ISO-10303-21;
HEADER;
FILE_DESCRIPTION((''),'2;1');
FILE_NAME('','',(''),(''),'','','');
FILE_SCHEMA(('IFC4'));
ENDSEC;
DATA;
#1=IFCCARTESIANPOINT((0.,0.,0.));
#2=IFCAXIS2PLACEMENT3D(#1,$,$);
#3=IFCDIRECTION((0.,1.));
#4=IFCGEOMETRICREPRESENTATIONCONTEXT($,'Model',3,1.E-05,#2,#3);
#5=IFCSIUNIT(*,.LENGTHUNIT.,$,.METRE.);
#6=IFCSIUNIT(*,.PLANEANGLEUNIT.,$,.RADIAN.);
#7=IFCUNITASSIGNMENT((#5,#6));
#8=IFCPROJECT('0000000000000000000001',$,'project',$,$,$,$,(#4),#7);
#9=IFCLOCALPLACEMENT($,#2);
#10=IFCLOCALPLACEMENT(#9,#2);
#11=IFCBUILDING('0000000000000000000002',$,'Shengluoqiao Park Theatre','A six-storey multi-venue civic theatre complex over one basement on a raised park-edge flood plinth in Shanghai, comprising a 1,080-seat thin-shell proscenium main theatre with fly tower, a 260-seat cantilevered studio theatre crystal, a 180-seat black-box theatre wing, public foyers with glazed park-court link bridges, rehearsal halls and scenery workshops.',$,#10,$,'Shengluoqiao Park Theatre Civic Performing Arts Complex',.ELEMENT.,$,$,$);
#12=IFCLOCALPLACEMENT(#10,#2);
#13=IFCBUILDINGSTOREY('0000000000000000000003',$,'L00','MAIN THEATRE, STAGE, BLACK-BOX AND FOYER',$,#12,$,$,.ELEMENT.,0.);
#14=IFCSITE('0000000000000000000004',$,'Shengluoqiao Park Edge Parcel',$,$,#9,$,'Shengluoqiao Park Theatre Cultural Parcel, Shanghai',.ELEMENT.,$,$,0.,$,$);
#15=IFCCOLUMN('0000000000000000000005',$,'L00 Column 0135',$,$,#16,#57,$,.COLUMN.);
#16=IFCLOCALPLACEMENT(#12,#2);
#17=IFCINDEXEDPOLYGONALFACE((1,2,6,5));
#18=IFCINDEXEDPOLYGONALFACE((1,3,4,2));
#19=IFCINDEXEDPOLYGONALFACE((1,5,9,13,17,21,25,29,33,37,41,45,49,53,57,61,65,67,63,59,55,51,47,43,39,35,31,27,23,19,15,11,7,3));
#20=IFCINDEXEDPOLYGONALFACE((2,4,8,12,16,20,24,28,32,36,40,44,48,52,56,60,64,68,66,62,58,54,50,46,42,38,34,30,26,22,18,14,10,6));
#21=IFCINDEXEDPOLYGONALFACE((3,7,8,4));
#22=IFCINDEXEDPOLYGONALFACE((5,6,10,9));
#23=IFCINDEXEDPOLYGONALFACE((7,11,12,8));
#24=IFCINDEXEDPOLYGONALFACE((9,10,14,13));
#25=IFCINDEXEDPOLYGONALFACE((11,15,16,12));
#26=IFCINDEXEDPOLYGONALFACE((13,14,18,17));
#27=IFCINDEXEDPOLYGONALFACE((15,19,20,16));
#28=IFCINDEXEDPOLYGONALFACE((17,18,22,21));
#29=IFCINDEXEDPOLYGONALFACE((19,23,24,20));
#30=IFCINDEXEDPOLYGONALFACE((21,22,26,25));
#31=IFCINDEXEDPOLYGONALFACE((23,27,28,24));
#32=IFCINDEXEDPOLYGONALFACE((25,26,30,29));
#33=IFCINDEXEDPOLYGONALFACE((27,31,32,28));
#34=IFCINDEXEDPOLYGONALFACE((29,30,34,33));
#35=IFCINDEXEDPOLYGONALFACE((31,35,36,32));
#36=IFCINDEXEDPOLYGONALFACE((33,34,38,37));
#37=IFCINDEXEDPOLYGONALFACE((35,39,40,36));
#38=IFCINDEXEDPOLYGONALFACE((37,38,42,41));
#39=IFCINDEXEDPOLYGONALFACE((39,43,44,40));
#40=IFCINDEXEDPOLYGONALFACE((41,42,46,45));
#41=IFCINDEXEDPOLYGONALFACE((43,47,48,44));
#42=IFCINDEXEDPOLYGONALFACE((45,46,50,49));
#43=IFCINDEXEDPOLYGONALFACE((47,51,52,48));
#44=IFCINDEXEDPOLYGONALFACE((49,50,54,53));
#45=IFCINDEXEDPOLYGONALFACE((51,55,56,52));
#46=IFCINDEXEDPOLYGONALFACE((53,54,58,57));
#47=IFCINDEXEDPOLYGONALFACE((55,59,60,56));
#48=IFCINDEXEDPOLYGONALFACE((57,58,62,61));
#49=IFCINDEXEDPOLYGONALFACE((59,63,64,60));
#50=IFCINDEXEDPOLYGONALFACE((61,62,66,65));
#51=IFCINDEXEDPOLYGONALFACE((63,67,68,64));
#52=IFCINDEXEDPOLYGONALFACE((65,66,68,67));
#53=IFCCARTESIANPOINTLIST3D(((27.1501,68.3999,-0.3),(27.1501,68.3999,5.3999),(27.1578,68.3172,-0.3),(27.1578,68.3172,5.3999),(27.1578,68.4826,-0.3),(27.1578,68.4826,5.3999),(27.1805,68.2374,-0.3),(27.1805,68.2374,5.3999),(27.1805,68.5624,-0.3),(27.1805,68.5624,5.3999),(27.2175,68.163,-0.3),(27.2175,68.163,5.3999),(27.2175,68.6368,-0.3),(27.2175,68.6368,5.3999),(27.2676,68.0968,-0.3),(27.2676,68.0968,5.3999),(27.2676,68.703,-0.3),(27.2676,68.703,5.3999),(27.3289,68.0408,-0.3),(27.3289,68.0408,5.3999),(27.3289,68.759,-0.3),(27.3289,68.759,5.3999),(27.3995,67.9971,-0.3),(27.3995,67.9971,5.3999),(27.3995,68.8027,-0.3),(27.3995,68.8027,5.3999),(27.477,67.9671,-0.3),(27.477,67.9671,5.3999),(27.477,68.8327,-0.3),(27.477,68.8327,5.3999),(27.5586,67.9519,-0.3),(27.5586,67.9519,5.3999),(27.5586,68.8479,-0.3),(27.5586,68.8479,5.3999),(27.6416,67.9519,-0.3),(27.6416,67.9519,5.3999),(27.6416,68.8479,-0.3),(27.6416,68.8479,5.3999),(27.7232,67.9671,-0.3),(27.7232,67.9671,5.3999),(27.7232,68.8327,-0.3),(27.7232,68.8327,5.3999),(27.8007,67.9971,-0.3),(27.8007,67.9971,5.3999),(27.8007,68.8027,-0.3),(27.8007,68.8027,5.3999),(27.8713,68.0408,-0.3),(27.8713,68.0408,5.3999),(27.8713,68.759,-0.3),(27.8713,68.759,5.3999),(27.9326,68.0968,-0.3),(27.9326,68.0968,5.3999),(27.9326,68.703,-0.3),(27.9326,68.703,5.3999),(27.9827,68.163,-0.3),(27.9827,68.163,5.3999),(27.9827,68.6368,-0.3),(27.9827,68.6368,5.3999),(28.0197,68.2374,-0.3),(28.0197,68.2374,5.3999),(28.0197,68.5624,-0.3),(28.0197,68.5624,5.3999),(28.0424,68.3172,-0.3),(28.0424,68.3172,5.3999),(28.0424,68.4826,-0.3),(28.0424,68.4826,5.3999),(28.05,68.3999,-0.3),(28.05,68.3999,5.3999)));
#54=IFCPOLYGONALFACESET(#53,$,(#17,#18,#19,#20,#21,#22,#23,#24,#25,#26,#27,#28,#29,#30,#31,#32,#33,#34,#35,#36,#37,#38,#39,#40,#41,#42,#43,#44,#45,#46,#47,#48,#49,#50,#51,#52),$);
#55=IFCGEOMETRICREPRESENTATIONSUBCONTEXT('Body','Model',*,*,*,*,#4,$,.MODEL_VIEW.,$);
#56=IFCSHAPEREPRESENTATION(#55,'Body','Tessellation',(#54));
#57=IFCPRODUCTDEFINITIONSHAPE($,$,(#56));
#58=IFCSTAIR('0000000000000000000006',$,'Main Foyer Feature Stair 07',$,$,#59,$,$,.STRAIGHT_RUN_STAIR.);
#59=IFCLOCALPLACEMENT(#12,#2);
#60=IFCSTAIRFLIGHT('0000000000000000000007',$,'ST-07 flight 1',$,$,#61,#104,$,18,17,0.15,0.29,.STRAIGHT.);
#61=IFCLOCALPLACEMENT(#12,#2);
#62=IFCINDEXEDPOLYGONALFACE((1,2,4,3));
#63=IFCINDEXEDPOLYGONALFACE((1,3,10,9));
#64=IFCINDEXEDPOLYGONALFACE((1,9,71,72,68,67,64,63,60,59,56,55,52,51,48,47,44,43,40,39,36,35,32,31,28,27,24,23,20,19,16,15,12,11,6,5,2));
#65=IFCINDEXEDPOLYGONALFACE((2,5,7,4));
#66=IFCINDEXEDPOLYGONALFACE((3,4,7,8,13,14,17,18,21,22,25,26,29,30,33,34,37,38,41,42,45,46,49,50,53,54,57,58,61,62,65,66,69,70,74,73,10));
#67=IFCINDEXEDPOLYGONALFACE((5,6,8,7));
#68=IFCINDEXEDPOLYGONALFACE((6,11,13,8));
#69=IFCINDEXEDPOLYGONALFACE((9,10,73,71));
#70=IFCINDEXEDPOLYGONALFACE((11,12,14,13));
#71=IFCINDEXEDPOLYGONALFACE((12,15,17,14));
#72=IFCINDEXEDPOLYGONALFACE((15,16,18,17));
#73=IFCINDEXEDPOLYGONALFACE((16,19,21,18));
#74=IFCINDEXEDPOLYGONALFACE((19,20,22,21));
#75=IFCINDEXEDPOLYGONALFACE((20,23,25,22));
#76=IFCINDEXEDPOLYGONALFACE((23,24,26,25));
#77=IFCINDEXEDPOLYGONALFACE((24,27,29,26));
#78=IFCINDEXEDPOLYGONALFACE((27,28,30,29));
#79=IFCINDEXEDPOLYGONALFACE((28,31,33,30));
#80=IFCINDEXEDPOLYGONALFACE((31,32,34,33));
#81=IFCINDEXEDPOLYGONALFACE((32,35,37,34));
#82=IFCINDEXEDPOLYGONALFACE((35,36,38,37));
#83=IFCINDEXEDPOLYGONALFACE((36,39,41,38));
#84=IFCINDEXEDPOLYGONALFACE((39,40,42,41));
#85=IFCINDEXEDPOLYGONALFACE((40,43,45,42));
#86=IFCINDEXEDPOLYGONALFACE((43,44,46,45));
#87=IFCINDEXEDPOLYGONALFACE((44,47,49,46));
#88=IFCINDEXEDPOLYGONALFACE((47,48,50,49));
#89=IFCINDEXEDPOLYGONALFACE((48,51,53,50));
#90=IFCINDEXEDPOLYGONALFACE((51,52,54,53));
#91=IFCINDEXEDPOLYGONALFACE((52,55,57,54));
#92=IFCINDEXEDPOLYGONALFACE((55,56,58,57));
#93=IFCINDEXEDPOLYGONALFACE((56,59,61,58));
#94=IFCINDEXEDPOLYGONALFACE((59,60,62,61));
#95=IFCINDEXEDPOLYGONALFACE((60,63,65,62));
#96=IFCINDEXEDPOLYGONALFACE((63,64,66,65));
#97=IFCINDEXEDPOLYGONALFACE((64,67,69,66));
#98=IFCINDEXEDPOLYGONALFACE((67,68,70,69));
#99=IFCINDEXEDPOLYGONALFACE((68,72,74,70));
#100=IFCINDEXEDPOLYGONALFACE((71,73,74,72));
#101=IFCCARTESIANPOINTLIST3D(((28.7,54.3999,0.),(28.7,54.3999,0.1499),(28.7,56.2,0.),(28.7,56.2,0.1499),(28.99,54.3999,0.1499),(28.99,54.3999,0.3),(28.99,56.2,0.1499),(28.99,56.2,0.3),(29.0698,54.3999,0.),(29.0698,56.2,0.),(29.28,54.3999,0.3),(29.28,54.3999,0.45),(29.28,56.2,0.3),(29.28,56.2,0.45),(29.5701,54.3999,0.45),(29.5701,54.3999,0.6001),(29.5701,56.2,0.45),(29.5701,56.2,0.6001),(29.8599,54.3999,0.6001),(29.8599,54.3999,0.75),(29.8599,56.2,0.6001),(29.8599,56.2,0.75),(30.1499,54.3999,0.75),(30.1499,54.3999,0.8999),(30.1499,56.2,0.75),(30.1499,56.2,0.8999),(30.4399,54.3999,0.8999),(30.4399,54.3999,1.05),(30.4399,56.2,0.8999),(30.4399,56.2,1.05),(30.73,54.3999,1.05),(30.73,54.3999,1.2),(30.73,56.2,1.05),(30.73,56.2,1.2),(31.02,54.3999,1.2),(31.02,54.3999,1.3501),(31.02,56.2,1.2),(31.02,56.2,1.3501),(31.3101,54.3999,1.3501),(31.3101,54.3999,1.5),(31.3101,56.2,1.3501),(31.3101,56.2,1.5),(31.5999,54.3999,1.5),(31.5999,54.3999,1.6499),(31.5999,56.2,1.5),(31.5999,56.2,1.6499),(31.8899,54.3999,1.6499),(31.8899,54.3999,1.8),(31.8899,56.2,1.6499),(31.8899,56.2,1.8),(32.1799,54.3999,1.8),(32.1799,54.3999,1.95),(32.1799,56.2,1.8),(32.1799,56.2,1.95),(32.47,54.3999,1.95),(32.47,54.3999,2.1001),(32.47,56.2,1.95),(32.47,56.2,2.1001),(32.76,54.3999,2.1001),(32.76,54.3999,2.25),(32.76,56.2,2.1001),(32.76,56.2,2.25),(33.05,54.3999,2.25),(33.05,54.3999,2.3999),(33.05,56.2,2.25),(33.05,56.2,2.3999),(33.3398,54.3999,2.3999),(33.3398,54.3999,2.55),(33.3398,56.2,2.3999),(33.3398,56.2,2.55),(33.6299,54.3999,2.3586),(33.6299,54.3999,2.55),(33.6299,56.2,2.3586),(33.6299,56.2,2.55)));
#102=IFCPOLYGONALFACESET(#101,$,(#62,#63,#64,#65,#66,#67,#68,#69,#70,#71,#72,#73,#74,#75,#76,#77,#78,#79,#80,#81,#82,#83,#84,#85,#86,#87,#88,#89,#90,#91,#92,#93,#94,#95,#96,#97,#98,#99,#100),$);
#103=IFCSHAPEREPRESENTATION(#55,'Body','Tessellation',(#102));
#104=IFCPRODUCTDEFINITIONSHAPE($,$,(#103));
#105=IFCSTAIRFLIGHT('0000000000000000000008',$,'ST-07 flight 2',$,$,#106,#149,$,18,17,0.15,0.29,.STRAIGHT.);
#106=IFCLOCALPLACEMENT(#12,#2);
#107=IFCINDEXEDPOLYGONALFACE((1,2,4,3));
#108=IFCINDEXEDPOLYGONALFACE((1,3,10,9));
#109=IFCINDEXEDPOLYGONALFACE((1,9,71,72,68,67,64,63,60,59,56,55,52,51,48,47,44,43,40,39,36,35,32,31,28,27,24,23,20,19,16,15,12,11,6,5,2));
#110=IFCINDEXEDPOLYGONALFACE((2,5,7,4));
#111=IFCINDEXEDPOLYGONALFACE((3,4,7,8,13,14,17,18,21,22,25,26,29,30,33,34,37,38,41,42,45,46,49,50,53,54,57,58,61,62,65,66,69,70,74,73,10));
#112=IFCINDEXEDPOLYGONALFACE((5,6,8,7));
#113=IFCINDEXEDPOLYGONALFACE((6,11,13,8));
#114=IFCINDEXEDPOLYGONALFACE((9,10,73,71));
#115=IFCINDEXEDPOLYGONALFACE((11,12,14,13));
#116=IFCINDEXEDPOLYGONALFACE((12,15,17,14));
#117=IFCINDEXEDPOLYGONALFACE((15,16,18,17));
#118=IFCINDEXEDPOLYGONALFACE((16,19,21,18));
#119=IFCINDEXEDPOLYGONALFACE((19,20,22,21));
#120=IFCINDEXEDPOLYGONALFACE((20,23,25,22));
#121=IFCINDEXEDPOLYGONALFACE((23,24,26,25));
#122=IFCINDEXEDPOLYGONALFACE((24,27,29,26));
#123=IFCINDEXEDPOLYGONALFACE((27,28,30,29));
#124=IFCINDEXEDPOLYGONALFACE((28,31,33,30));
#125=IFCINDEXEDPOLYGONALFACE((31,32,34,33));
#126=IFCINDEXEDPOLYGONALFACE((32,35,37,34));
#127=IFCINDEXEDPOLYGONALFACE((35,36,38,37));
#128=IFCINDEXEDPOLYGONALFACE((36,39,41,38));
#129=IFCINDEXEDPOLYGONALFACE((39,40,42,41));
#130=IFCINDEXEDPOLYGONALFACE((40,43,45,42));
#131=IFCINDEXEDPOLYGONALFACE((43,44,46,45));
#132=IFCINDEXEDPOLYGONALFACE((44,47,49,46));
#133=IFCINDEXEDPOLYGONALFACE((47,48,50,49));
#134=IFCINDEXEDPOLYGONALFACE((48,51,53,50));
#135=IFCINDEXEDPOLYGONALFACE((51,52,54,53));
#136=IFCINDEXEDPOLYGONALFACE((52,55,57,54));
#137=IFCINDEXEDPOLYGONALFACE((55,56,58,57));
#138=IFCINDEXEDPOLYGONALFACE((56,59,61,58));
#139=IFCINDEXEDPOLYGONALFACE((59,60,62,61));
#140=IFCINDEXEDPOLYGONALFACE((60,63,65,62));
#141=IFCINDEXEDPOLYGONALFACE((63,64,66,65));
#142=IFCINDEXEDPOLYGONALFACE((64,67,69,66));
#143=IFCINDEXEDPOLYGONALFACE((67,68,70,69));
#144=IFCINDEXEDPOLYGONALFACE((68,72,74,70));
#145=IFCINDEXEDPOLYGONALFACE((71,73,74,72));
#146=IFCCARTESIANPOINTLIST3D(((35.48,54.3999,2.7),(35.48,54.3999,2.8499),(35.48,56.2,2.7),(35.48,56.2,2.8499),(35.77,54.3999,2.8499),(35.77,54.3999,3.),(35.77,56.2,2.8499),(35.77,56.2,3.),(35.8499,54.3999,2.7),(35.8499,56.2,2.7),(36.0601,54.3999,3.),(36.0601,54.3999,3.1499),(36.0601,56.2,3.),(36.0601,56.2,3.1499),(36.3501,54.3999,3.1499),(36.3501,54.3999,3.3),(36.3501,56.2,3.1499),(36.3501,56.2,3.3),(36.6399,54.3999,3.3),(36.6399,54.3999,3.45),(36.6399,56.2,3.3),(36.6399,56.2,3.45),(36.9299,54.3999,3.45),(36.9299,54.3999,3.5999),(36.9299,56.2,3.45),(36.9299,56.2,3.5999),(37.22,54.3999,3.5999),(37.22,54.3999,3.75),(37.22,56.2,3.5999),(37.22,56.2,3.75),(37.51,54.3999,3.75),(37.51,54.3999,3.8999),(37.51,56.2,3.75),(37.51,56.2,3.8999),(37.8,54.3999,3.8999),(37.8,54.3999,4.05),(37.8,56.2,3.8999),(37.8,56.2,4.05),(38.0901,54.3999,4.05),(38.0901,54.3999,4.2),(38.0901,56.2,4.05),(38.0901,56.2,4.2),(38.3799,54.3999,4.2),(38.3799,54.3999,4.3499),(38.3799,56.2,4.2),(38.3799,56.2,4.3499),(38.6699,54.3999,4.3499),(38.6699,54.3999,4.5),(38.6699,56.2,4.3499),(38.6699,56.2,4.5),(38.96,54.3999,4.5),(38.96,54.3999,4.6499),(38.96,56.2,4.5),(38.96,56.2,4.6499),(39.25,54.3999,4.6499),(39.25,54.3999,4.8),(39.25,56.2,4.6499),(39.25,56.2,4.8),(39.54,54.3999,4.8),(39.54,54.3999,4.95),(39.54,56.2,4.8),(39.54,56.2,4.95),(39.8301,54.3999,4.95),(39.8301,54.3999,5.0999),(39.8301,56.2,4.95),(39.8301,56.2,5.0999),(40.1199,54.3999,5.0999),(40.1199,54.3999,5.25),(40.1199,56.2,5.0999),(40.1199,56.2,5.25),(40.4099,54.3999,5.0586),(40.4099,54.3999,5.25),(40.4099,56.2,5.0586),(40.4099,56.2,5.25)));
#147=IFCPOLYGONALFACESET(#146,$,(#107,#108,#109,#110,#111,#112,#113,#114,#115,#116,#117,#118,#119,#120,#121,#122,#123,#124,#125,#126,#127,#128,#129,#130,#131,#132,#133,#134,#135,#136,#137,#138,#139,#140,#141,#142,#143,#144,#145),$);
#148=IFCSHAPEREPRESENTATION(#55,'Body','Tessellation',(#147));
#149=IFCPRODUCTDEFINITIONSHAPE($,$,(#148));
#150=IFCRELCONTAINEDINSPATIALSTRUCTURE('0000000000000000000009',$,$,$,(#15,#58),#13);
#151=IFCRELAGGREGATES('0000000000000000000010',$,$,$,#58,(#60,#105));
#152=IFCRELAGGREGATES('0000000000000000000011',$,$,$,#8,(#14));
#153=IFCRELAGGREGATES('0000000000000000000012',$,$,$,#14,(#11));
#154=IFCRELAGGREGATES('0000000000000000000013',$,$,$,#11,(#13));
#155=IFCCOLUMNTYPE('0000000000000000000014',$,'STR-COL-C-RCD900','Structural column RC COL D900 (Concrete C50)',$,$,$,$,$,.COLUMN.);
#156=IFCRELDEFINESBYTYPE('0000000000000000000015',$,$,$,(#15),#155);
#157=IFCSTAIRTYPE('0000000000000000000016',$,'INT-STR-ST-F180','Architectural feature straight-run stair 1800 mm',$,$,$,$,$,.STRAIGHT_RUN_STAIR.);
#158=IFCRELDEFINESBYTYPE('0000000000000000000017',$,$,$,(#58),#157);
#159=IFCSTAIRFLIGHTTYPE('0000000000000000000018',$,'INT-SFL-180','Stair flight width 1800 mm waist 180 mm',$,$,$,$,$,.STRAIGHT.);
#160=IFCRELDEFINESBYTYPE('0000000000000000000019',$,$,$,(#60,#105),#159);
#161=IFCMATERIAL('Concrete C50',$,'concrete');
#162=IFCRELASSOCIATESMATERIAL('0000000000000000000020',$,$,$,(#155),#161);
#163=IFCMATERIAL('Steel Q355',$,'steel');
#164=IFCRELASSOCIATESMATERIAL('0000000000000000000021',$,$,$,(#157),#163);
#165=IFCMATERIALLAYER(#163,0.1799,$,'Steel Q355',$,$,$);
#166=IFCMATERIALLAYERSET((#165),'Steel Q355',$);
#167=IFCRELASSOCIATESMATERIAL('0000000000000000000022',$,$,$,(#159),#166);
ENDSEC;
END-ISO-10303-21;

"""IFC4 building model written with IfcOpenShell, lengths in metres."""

from ifc_helpers import new_model, si_unit, direction, frame, origin, origin_2d, place, context, subcontext, project, spatial, polyline, circle, outline, extrude, material, layer, layer_set, material_profile, profile_set, type_object, element, aggregate, save


model = new_model("IFC4")

# Units and contexts
model_context = context("Model", 3, precision=1e-05, world=origin(), true_north=direction((0.0, 1.0)))
body_context = subcontext(model_context, "Body", "Model", "MODEL_VIEW")
ifc_project = project(units=[si_unit("LENGTHUNIT", "METRE"), si_unit("PLANEANGLEUNIT", "RADIAN")], contexts=[model_context])

# Site, building, storey
site_placement = place(None, origin())
site = spatial("IfcSite", under=ifc_project, at=site_placement, Name="Shengluoqiao Park Edge Parcel", LongName="Shengluoqiao Park Theatre Cultural Parcel, Shanghai", CompositionType="ELEMENT", RefElevation=0.0)
building_placement = place(site_placement, origin())
building = spatial("IfcBuilding", under=site, at=building_placement, Name="Shengluoqiao Park Theatre", Description="A six-storey multi-venue civic theatre complex over one basement on a raised park-edge flood plinth in Shanghai, comprising a 1,080-seat thin-shell proscenium main theatre with fly tower, a 260-seat cantilevered studio theatre crystal, a 180-seat black-box theatre wing, public foyers with glazed park-court link bridges, rehearsal halls and scenery workshops.", LongName="Shengluoqiao Park Theatre Civic Performing Arts Complex", CompositionType="ELEMENT")
storey_placement = place(building_placement, origin())
storey = spatial("IfcBuildingStorey", under=building, at=storey_placement, Name="L00", Description="MAIN THEATRE, STAGE, BLACK-BOX AND FOYER", CompositionType="ELEMENT", Elevation=0.0)

# Column
ifc_material_1 = material(Name="Steel Q355", Category="steel")
ifc_material_2 = material(Name="Concrete C50", Category="concrete")
ifc_material_profile_1 = material_profile(ifc_material_2, circle(Radius=0.45, at=origin_2d()), Name="RC COL D900")
ifc_profile_set_1 = profile_set([ifc_material_profile_1], Name="Concrete C50")
column_type_1 = type_object("IfcColumnType", Name="STR-COL-C-RCD900", Description="Structural column RC COL D900 (Concrete C50)", PredefinedType="COLUMN", material=ifc_profile_set_1)
column_placement = place(storey_placement, frame((27.6001, 68.3999, -0.3), z_axis=(0.0, 0.0, 1.0), x_axis=(1.0, 0.0, 0.0)))
element("IfcColumn", 1, at=column_placement, inside=storey, type_object=column_type_1, Name="L00 Column 0135", PredefinedType="COLUMN", context=body_context, shape_type="SweptSolid", body=[
    extrude(circle(Radius=0.45, at=origin_2d()), origin(), (0.0, 0.0, 1.0), 5.7),
])

# Stair, stair flights
stair_type = type_object("IfcStairType", Name="INT-STR-ST-F180", Description="Architectural feature straight-run stair 1800 mm", PredefinedType="STRAIGHT_RUN_STAIR", material=ifc_material_1)
stair_placement = place(storey_placement, origin())
stair = element("IfcStair", 2, at=stair_placement, inside=storey, type_object=stair_type, Name="Main Foyer Feature Stair 07", PredefinedType="STRAIGHT_RUN_STAIR")
ifc_layer = layer(ifc_material_1, 0.1799, Name="Steel Q355")
ifc_layer_set = layer_set([ifc_layer], Name="Steel Q355")
stair_flight_type = type_object("IfcStairFlightType", Name="INT-SFL-180", Description="Stair flight width 1800 mm waist 180 mm", PredefinedType="STRAIGHT", material=ifc_layer_set)
stair_flight_1_placement = place(storey_placement, frame((28.7, 55.3, 0.0), z_axis=(0.0, 0.0, 1.0), x_axis=(1.0, 0.0, 0.0)))
stair_flight_1 = element("IfcStairFlight", 3, at=stair_flight_1_placement, type_object=stair_flight_type, Name="ST-07 flight 1", NumberOfRisers=18, NumberOfTreads=17, PredefinedType="STRAIGHT", RiserHeight=0.15, TreadLength=0.29, context=body_context, shape_type="SweptSolid", body=[
    extrude(outline(polyline([(0.0, 0.0), (0.0, 0.1499), (0.29, 0.1499), (0.29, 0.3), (0.5801, 0.3), (0.5801, 0.45), (0.8701, 0.45), (0.8701, 0.6001), (1.1599, 0.6001), (1.1599, 0.75), (1.45, 0.75), (1.45, 0.8999), (1.74, 0.8999), (1.74, 1.05), (2.03, 1.05), (2.03, 1.2), (2.3201, 1.2), (2.3201, 1.3501), (2.6101, 1.3501), (2.6101, 1.5), (2.8999, 1.5), (2.8999, 1.6499), (3.1899, 1.6499), (3.1899, 1.8), (3.48, 1.8), (3.48, 1.95), (3.77, 1.95), (3.77, 2.1001), (4.0601, 2.1001), (4.0601, 2.25), (4.3501, 2.25), (4.3501, 2.3999), (4.6399, 2.3999), (4.6399, 2.55), (4.9299, 2.55), (4.9299, 2.7), (4.9299, 2.3586), (0.3699, 0.0), (0.0, 0.0)])), frame((0.0, 0.8999, 0.0), z_axis=(0.0, -1.0, 0.0), x_axis=(1.0, 0.0, 0.0)), (0.0, 0.0, 1.0), 1.8),
])
stair_flight_2_placement = place(storey_placement, frame((35.48, 55.3, 2.7), z_axis=(0.0, 0.0, 1.0), x_axis=(1.0, 0.0, 0.0)))
stair_flight_2 = element("IfcStairFlight", 4, at=stair_flight_2_placement, type_object=stair_flight_type, Name="ST-07 flight 2", NumberOfRisers=18, NumberOfTreads=17, PredefinedType="STRAIGHT", RiserHeight=0.15, TreadLength=0.29, context=body_context, shape_type="SweptSolid", body=[
    extrude(outline(polyline([(0.0, 0.0), (0.0, 0.1499), (0.29, 0.1499), (0.29, 0.3), (0.5801, 0.3), (0.5801, 0.45), (0.8701, 0.45), (0.8701, 0.6001), (1.1599, 0.6001), (1.1599, 0.75), (1.45, 0.75), (1.45, 0.8999), (1.74, 0.8999), (1.74, 1.05), (2.03, 1.05), (2.03, 1.2), (2.3201, 1.2), (2.3201, 1.3501), (2.6101, 1.3501), (2.6101, 1.5), (2.8999, 1.5), (2.8999, 1.6499), (3.1899, 1.6499), (3.1899, 1.8), (3.48, 1.8), (3.48, 1.95), (3.77, 1.95), (3.77, 2.1001), (4.0601, 2.1001), (4.0601, 2.25), (4.3501, 2.25), (4.3501, 2.3999), (4.6399, 2.3999), (4.6399, 2.55), (4.9299, 2.55), (4.9299, 2.7), (4.9299, 2.3586), (0.3699, 0.0), (0.0, 0.0)])), frame((0.0, 0.8999, 0.0), z_axis=(0.0, -1.0, 0.0), x_axis=(1.0, 0.0, 0.0)), (0.0, 0.0, 1.0), 1.8),
])
aggregate(stair, [stair_flight_1, stair_flight_2])

save(model, "model.ifc")
